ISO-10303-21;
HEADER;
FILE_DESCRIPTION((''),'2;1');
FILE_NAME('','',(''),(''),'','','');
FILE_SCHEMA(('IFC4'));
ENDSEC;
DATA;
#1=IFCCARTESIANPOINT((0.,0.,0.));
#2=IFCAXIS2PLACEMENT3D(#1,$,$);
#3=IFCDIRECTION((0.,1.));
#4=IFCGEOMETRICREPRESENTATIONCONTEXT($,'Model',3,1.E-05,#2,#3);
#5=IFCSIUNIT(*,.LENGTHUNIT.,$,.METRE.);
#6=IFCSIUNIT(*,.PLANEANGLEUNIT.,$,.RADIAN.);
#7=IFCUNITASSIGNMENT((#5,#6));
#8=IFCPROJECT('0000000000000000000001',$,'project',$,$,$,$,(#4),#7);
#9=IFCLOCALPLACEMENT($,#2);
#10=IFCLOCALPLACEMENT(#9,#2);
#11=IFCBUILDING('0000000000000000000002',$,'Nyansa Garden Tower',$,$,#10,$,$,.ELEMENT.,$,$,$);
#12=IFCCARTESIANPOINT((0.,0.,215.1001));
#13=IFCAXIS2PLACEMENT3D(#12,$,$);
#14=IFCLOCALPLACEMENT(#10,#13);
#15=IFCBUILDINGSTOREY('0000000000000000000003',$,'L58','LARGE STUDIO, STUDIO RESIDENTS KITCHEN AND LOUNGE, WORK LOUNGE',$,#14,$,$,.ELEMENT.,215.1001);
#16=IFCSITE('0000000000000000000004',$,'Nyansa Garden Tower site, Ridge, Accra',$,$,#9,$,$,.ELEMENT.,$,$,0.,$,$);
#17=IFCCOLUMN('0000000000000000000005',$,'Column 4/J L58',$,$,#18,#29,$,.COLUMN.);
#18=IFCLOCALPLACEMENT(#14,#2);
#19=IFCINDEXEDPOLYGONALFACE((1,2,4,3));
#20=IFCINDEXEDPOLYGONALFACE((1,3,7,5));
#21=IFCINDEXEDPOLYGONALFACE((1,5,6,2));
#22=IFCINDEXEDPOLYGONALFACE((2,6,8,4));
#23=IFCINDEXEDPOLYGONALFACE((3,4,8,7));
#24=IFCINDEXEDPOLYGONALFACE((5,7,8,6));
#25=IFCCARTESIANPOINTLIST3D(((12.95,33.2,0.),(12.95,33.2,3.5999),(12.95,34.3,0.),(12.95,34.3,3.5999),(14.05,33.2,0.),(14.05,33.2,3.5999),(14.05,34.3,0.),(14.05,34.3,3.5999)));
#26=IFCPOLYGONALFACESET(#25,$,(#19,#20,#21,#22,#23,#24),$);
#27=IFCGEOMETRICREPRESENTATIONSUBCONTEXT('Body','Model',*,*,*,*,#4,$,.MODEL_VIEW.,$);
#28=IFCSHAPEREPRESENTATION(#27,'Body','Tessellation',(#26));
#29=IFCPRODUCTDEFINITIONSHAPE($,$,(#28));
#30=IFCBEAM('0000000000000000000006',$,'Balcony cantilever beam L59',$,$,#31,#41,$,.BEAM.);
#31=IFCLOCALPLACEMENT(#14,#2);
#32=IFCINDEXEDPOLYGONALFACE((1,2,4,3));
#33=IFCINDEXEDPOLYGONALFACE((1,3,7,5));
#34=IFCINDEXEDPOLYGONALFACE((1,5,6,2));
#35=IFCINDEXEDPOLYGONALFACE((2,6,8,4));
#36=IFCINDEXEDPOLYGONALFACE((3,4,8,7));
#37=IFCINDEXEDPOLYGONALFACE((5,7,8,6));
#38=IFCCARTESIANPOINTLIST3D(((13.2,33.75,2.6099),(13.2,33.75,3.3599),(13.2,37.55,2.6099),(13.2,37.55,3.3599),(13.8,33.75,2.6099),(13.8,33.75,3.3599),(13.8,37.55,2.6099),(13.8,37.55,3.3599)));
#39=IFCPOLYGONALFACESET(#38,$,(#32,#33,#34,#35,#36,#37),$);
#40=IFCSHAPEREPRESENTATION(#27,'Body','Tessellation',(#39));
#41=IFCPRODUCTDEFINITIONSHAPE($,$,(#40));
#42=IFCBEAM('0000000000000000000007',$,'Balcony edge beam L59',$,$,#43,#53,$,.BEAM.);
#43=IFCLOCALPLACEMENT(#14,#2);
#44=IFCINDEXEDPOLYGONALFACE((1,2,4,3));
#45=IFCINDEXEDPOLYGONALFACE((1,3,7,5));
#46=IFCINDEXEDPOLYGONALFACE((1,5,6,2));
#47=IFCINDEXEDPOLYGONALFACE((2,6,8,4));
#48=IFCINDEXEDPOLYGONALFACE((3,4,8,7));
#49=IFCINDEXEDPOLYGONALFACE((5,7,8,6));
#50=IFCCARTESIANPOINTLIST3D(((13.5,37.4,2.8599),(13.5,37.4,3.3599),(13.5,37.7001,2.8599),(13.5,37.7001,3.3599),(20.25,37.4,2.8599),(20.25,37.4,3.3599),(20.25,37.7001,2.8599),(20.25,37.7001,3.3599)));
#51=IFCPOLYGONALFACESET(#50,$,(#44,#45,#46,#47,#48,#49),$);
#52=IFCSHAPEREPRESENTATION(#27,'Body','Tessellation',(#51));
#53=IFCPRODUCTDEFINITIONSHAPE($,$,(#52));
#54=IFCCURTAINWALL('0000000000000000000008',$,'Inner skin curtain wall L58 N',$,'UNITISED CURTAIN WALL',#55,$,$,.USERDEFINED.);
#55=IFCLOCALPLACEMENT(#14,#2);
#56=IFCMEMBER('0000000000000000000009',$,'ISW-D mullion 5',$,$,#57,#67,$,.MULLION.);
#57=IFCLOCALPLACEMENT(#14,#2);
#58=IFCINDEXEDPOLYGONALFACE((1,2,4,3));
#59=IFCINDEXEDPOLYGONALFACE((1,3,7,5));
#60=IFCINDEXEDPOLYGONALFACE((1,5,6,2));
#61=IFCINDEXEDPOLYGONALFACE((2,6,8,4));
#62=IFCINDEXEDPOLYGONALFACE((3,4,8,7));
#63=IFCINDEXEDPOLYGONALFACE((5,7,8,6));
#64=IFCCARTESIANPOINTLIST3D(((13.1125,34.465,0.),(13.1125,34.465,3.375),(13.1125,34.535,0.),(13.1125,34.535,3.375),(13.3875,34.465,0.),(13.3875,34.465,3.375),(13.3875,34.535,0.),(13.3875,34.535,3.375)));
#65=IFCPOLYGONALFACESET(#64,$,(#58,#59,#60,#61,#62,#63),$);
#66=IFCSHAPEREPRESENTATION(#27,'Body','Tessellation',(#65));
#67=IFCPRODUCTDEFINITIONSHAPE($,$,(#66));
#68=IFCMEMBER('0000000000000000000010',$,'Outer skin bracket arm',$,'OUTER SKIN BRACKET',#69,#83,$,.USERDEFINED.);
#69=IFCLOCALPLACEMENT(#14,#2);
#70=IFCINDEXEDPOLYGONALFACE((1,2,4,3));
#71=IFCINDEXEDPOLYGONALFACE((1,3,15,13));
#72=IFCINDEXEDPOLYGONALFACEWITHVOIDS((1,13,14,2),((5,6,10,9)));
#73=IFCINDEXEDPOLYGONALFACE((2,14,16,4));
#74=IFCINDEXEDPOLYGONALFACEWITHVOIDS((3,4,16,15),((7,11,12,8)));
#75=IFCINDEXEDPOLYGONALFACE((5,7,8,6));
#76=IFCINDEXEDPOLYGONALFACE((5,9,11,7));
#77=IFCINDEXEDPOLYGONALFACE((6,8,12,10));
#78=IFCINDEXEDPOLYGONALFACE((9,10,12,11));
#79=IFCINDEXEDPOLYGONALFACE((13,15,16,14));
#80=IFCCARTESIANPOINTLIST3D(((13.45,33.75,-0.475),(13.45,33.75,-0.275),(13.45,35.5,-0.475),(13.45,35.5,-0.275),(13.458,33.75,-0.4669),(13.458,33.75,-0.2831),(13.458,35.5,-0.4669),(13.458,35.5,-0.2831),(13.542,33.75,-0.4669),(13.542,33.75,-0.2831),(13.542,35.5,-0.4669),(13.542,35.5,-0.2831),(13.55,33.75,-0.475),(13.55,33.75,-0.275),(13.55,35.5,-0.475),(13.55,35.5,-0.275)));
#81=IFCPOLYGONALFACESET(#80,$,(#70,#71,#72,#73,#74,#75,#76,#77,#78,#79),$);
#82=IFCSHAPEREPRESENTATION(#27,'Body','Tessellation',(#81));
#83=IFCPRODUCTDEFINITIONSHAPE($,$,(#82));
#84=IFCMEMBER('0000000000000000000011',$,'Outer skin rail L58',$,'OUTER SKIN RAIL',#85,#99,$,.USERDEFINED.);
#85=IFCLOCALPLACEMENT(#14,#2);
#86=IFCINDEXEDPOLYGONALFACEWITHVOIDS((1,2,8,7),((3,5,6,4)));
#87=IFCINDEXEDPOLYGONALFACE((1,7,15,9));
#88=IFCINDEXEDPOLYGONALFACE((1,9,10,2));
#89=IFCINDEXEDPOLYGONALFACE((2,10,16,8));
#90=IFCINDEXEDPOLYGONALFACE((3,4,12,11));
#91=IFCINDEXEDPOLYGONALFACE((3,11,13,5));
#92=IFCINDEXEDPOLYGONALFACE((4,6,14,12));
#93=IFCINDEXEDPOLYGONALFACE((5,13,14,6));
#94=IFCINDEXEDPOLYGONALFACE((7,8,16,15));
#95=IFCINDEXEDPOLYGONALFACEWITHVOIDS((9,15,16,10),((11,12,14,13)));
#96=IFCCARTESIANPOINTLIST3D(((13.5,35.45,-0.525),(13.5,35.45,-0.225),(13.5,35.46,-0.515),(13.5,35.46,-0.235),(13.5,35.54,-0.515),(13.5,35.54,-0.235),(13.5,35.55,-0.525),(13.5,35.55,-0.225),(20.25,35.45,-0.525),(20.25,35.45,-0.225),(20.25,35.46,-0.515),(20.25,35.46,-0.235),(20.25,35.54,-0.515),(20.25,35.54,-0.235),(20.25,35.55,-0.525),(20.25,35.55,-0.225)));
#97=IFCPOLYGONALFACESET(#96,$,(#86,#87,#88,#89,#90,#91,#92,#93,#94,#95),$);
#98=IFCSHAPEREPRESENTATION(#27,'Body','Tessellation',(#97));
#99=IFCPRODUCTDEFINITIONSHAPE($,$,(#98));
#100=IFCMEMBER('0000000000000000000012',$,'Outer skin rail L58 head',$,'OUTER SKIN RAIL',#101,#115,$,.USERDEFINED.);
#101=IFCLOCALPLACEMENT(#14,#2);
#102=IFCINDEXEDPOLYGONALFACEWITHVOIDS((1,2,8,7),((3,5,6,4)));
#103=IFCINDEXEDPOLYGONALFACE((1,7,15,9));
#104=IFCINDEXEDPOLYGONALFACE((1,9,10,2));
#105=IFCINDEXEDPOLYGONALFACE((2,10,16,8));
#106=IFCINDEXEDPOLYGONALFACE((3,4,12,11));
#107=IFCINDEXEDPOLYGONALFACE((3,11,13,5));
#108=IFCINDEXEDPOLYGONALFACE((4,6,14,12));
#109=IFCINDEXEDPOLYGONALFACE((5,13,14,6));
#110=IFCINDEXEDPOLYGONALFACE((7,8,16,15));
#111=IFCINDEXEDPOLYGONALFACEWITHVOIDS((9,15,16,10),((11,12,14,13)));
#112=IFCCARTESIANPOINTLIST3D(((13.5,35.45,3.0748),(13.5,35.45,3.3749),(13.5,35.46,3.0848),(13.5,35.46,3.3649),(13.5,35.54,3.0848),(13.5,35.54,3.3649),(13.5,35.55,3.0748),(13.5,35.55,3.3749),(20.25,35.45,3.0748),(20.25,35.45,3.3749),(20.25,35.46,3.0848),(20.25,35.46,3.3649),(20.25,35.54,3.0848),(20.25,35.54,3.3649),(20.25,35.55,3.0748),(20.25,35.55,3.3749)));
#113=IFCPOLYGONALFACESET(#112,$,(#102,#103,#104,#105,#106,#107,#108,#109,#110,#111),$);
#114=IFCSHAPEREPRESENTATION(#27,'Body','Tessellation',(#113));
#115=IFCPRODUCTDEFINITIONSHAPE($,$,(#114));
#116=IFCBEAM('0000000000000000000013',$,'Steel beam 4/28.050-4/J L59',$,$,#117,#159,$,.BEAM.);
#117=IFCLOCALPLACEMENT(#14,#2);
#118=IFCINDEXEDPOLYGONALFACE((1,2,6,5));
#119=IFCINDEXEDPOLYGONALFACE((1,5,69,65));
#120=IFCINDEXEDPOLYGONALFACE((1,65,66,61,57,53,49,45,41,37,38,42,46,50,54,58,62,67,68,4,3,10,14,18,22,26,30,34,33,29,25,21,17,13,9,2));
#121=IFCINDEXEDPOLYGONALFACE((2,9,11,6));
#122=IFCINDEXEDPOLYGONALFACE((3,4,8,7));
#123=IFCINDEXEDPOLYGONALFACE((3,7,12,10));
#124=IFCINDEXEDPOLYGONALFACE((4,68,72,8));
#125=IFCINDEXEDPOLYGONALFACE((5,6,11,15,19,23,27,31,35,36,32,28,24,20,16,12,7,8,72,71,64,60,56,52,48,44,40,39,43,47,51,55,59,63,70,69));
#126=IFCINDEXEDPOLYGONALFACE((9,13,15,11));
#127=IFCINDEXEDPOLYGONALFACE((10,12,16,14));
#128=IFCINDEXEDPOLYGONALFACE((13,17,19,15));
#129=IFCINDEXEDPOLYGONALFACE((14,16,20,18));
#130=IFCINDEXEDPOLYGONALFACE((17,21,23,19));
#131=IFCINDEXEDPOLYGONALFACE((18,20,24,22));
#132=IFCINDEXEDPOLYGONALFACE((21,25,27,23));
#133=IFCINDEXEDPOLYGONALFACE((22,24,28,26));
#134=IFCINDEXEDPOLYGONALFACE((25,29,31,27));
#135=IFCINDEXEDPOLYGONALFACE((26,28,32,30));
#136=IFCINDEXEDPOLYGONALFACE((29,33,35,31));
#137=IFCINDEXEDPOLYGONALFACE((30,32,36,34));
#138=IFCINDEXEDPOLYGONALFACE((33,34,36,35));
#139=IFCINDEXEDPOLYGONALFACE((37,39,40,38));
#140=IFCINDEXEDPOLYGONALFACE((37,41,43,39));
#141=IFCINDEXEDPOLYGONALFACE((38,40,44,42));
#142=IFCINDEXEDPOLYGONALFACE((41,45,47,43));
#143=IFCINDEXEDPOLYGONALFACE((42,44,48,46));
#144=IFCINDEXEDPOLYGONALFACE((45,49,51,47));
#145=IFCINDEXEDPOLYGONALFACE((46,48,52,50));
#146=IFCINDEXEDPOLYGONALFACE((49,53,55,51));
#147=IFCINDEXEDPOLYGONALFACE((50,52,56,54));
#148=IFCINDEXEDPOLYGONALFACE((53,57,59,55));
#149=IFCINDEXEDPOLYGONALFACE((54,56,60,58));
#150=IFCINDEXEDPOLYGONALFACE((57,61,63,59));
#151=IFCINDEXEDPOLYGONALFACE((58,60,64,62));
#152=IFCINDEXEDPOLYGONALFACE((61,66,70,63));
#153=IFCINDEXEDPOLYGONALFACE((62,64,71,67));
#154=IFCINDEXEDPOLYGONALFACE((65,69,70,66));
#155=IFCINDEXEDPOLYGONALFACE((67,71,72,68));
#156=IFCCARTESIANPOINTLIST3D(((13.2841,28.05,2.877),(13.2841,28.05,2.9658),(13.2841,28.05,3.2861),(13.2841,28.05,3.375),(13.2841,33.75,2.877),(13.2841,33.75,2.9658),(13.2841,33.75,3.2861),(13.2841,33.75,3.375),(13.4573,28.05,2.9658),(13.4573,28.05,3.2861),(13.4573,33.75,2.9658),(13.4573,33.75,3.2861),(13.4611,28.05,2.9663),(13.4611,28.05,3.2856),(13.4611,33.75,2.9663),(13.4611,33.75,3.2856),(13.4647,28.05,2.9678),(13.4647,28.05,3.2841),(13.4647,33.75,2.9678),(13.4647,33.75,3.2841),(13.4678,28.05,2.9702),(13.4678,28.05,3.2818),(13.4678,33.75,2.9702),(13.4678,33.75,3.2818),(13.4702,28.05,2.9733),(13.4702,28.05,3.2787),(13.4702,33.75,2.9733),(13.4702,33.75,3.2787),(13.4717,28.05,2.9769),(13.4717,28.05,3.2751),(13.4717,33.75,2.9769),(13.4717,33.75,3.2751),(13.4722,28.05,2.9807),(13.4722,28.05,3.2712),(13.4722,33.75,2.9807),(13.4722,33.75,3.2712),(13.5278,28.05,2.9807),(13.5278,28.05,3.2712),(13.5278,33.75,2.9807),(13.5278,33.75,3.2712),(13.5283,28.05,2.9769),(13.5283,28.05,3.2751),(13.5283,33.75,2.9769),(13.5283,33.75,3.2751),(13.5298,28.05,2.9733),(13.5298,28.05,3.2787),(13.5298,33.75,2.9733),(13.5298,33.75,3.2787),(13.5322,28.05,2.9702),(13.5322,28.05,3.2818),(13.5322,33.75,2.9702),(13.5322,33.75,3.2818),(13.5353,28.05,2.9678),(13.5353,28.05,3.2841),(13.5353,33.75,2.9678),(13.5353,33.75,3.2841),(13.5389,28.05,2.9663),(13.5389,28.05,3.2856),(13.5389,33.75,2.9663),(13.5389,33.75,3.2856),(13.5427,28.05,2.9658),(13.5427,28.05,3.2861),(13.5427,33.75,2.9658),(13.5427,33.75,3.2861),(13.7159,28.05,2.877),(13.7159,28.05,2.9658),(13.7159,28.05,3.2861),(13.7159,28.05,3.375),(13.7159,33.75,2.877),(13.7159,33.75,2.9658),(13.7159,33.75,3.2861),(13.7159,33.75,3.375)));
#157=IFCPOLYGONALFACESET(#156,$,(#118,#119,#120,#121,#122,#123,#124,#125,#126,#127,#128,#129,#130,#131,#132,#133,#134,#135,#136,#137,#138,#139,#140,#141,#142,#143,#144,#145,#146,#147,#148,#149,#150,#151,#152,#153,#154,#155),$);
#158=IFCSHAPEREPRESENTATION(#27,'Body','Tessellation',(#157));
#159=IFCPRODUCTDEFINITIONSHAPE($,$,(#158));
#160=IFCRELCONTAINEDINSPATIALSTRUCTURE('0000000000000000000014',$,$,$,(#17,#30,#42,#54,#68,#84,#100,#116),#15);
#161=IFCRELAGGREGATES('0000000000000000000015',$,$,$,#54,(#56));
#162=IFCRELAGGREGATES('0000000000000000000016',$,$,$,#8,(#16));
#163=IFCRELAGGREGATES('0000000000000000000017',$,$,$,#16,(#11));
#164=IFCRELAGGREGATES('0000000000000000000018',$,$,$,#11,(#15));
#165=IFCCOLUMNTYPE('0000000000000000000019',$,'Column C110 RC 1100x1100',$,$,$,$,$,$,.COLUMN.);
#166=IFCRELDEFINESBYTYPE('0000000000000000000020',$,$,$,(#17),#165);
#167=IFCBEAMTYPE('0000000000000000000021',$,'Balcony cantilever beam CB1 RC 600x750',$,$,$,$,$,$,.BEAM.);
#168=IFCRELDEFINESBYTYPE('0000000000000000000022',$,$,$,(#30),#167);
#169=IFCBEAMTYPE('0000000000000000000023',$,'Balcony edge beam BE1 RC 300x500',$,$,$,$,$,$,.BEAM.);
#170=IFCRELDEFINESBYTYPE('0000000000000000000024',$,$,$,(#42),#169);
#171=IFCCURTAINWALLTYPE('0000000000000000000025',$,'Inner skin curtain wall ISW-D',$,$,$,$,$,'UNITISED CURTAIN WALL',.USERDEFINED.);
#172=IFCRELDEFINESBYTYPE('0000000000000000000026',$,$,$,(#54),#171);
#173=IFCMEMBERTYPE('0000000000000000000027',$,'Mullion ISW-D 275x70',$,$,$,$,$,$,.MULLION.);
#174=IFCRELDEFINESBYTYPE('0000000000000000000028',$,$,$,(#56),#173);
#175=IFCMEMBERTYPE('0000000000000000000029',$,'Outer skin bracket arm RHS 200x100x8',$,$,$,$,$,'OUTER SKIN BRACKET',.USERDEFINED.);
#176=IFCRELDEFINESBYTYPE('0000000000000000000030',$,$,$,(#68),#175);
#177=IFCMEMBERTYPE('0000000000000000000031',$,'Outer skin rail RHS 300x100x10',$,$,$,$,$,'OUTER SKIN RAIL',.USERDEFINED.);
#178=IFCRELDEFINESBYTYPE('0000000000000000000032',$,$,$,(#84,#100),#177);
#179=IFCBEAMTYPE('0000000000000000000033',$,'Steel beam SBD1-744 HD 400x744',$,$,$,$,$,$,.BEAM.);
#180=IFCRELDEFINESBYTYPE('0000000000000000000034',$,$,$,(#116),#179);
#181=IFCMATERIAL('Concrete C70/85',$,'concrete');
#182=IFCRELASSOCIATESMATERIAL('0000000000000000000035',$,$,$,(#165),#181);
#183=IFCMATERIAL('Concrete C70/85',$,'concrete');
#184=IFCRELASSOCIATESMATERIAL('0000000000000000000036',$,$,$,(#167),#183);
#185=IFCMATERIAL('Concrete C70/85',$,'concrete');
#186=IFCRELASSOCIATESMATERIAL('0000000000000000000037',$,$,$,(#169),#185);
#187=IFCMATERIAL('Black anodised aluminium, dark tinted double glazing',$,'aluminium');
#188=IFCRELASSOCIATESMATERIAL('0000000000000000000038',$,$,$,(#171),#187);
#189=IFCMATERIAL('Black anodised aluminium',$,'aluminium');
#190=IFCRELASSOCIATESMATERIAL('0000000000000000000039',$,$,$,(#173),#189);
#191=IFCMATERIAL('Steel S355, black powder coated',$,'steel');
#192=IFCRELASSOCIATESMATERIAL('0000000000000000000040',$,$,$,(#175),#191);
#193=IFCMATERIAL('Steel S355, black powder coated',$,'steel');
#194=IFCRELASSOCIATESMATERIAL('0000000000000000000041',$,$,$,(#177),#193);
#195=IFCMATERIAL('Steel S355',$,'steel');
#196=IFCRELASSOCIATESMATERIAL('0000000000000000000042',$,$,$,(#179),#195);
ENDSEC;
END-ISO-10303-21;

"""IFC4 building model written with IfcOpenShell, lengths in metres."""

from ifc_helpers import new_model, si_unit, direction, frame, origin, origin_2d, place, context, subcontext, project, spatial, rectangle, hollow_rectangle, i_section, extrude, material, material_profile, profile_set, type_object, element, aggregate, save


model = new_model("IFC4")

# Units and contexts
model_context = context("Model", 3, precision=1e-05, world=origin(), true_north=direction((0.0, 1.0)))
body_context = subcontext(model_context, "Body", "Model", "MODEL_VIEW")
ifc_project = project(units=[si_unit("LENGTHUNIT", "METRE"), si_unit("PLANEANGLEUNIT", "RADIAN")], contexts=[model_context])

# Site, building, storey
site_placement = place(None, origin())
site = spatial("IfcSite", under=ifc_project, at=site_placement, Name="Nyansa Garden Tower site, Ridge, Accra", CompositionType="ELEMENT", RefElevation=0.0)
building_placement = place(site_placement, origin())
building = spatial("IfcBuilding", under=site, at=building_placement, Name="Nyansa Garden Tower", CompositionType="ELEMENT")
storey_placement = place(building_placement, frame((0.0, 0.0, 215.1001)))
storey = spatial("IfcBuildingStorey", under=building, at=storey_placement, Name="L58", Description="LARGE STUDIO, STUDIO RESIDENTS KITCHEN AND LOUNGE, WORK LOUNGE", CompositionType="ELEMENT", Elevation=215.1001)

# Column
ifc_material_1 = material(Name="Concrete C70/85", Category="concrete")
ifc_material_profile_1 = material_profile(ifc_material_1, rectangle(XDim=1.1001, YDim=1.1001, at=origin_2d()), Name="RC 1100x1100")
ifc_profile_set_1 = profile_set([ifc_material_profile_1], Name="Concrete C70/85")
column_type = type_object("IfcColumnType", Name="Column C110 RC 1100x1100", PredefinedType="COLUMN", material=ifc_profile_set_1)
column_placement = place(storey_placement, frame((13.5, 33.75, 0.0), z_axis=(0.0, 0.0, 1.0), x_axis=(1.0, 0.0, 0.0)))
element("IfcColumn", 1, at=column_placement, inside=storey, type_object=column_type, Name="Column 4/J L58", PredefinedType="COLUMN", context=body_context, shape_type="SweptSolid", body=[
    extrude(rectangle(XDim=1.1001, YDim=1.1001, at=origin_2d()), origin(), (0.0, 0.0, 1.0), 3.5999),
])

# Beams
ifc_material_2 = material(Name="Concrete C70/85", Category="concrete")
ifc_material_profile_2 = material_profile(ifc_material_2, rectangle(XDim=0.6001, YDim=0.75, at=origin_2d()), Name="RC 600x750")
ifc_profile_set_2 = profile_set([ifc_material_profile_2], Name="Concrete C70/85")
beam_type_1 = type_object("IfcBeamType", Name="Balcony cantilever beam CB1 RC 600x750", PredefinedType="BEAM", material=ifc_profile_set_2)
beam_1_placement = place(storey_placement, frame((13.5, 33.75, 2.9849), z_axis=(0.0, 1.0, 0.0), x_axis=(-1.0, 0.0, 0.0)))
element("IfcBeam", 2, at=beam_1_placement, inside=storey, type_object=beam_type_1, Name="Balcony cantilever beam L59", PredefinedType="BEAM", context=body_context, shape_type="SweptSolid", body=[
    extrude(rectangle(XDim=0.6001, YDim=0.75, at=origin_2d()), origin(), (0.0, 0.0, 1.0), 3.8),
])
ifc_material_3 = material(Name="Concrete C70/85", Category="concrete")
ifc_material_profile_3 = material_profile(ifc_material_3, rectangle(XDim=0.3, YDim=0.5, at=origin_2d()), Name="RC 300x500")
ifc_profile_set_3 = profile_set([ifc_material_profile_3], Name="Concrete C70/85")
beam_type_2 = type_object("IfcBeamType", Name="Balcony edge beam BE1 RC 300x500", PredefinedType="BEAM", material=ifc_profile_set_3)
beam_2_placement = place(storey_placement, frame((13.5, 37.55, 3.1099), z_axis=(1.0, 0.0, 0.0), x_axis=(0.0, 1.0, 0.0)))
element("IfcBeam", 3, at=beam_2_placement, inside=storey, type_object=beam_type_2, Name="Balcony edge beam L59", PredefinedType="BEAM", context=body_context, shape_type="SweptSolid", body=[
    extrude(rectangle(XDim=0.3, YDim=0.5, at=origin_2d()), origin(), (0.0, 0.0, 1.0), 6.75),
])

# Curtain wall, member
ifc_material_4 = material(Name="Black anodised aluminium, dark tinted double glazing", Category="aluminium")
curtain_wall_type = type_object("IfcCurtainWallType", Name="Inner skin curtain wall ISW-D", ElementType="UNITISED CURTAIN WALL", PredefinedType="USERDEFINED", material=ifc_material_4)
curtain_wall_placement = place(storey_placement, origin())
curtain_wall = element("IfcCurtainWall", 4, at=curtain_wall_placement, inside=storey, type_object=curtain_wall_type, Name="Inner skin curtain wall L58 N", ObjectType="UNITISED CURTAIN WALL", PredefinedType="USERDEFINED")
ifc_material_5 = material(Name="Black anodised aluminium", Category="aluminium")
ifc_material_profile_4 = material_profile(ifc_material_5, rectangle(XDim=0.0701, YDim=0.2749, at=origin_2d()), Name="Mullion 275x70")
ifc_profile_set_4 = profile_set([ifc_material_profile_4], Name="Black anodised aluminium")
member_type_1 = type_object("IfcMemberType", Name="Mullion ISW-D 275x70", PredefinedType="MULLION", material=ifc_profile_set_4)
member_1_placement = place(storey_placement, frame((13.25, 34.5, 0.0), z_axis=(0.0, 0.0, 1.0), x_axis=(0.0, -1.0, 0.0)))
member_1 = element("IfcMember", 5, at=member_1_placement, type_object=member_type_1, Name="ISW-D mullion 5", PredefinedType="MULLION", context=body_context, shape_type="SweptSolid", body=[
    extrude(rectangle(XDim=0.0701, YDim=0.2749, at=origin_2d()), origin(), (0.0, 0.0, 1.0), 3.375),
])

# Members
ifc_material_6 = material(Name="Steel S355, black powder coated", Category="steel")
ifc_material_profile_5 = material_profile(ifc_material_6, hollow_rectangle(XDim=0.1001, YDim=0.2, WallThickness=0.0081, at=origin_2d()), Name="RHS 200x100x8")
ifc_profile_set_5 = profile_set([ifc_material_profile_5], Name="Steel S355, black powder coated")
member_type_2 = type_object("IfcMemberType", Name="Outer skin bracket arm RHS 200x100x8", ElementType="OUTER SKIN BRACKET", PredefinedType="USERDEFINED", material=ifc_profile_set_5)
member_2_placement = place(storey_placement, frame((13.5, 33.75, -0.375), z_axis=(0.0, 1.0, 0.0), x_axis=(-1.0, 0.0, 0.0)))
element("IfcMember", 6, at=member_2_placement, inside=storey, type_object=member_type_2, Name="Outer skin bracket arm", ObjectType="OUTER SKIN BRACKET", PredefinedType="USERDEFINED", context=body_context, shape_type="SweptSolid", body=[
    extrude(hollow_rectangle(XDim=0.1001, YDim=0.2, WallThickness=0.0081, at=origin_2d()), origin(), (0.0, 0.0, 1.0), 1.75),
])
ifc_material_7 = material(Name="Steel S355, black powder coated", Category="steel")
ifc_material_profile_6 = material_profile(ifc_material_7, hollow_rectangle(XDim=0.1001, YDim=0.3, WallThickness=0.01, at=origin_2d()), Name="RHS 300x100x10")
ifc_profile_set_6 = profile_set([ifc_material_profile_6], Name="Steel S355, black powder coated")
member_type_3 = type_object("IfcMemberType", Name="Outer skin rail RHS 300x100x10", ElementType="OUTER SKIN RAIL", PredefinedType="USERDEFINED", material=ifc_profile_set_6)
for number, where, z_axis, x_axis, name in (
    (7, (13.5, 35.5, -0.375), (1.0, 0.0, 0.0), (0.0, 1.0, 0.0), "Outer skin rail L58"),
    (8, (13.5, 35.5, 3.2249), (1.0, 0.0, 0.0), (0.0, 1.0, 0.0), "Outer skin rail L58 head"),
):
    element("IfcMember", number, at=place(storey_placement, frame(where, z_axis=z_axis, x_axis=x_axis)), inside=storey, type_object=member_type_3, Name=name, ObjectType="OUTER SKIN RAIL", PredefinedType="USERDEFINED", context=body_context, shape_type="SweptSolid", body=[
        extrude(hollow_rectangle(XDim=0.1001, YDim=0.3, WallThickness=0.01, at=origin_2d()), origin(), (0.0, 0.0, 1.0), 6.75),
    ])

# Beam
ifc_material_8 = material(Name="Steel S355", Category="steel")
ifc_material_profile_7 = material_profile(ifc_material_8, i_section(OverallWidth=0.4319, OverallDepth=0.498, WebThickness=0.0557, FlangeThickness=0.0889, FilletRadius=0.0149, at=origin_2d()), Name="HD 400x744")
ifc_profile_set_7 = profile_set([ifc_material_profile_7], Name="Steel S355")
beam_type_3 = type_object("IfcBeamType", Name="Steel beam SBD1-744 HD 400x744", PredefinedType="BEAM", material=ifc_profile_set_7)
beam_3_placement = place(storey_placement, frame((13.5, 28.05, 3.126), z_axis=(0.0, 1.0, 0.0), x_axis=(-1.0, 0.0, 0.0)))
element("IfcBeam", 9, at=beam_3_placement, inside=storey, type_object=beam_type_3, Name="Steel beam 4/28.050-4/J L59", PredefinedType="BEAM", context=body_context, shape_type="SweptSolid", body=[
    extrude(i_section(OverallWidth=0.4319, OverallDepth=0.498, WebThickness=0.0557, FlangeThickness=0.0889, FilletRadius=0.0149, at=origin_2d()), origin(), (0.0, 0.0, 1.0), 5.7),
])

aggregate(curtain_wall, [member_1])

save(model, "model.ifc")
